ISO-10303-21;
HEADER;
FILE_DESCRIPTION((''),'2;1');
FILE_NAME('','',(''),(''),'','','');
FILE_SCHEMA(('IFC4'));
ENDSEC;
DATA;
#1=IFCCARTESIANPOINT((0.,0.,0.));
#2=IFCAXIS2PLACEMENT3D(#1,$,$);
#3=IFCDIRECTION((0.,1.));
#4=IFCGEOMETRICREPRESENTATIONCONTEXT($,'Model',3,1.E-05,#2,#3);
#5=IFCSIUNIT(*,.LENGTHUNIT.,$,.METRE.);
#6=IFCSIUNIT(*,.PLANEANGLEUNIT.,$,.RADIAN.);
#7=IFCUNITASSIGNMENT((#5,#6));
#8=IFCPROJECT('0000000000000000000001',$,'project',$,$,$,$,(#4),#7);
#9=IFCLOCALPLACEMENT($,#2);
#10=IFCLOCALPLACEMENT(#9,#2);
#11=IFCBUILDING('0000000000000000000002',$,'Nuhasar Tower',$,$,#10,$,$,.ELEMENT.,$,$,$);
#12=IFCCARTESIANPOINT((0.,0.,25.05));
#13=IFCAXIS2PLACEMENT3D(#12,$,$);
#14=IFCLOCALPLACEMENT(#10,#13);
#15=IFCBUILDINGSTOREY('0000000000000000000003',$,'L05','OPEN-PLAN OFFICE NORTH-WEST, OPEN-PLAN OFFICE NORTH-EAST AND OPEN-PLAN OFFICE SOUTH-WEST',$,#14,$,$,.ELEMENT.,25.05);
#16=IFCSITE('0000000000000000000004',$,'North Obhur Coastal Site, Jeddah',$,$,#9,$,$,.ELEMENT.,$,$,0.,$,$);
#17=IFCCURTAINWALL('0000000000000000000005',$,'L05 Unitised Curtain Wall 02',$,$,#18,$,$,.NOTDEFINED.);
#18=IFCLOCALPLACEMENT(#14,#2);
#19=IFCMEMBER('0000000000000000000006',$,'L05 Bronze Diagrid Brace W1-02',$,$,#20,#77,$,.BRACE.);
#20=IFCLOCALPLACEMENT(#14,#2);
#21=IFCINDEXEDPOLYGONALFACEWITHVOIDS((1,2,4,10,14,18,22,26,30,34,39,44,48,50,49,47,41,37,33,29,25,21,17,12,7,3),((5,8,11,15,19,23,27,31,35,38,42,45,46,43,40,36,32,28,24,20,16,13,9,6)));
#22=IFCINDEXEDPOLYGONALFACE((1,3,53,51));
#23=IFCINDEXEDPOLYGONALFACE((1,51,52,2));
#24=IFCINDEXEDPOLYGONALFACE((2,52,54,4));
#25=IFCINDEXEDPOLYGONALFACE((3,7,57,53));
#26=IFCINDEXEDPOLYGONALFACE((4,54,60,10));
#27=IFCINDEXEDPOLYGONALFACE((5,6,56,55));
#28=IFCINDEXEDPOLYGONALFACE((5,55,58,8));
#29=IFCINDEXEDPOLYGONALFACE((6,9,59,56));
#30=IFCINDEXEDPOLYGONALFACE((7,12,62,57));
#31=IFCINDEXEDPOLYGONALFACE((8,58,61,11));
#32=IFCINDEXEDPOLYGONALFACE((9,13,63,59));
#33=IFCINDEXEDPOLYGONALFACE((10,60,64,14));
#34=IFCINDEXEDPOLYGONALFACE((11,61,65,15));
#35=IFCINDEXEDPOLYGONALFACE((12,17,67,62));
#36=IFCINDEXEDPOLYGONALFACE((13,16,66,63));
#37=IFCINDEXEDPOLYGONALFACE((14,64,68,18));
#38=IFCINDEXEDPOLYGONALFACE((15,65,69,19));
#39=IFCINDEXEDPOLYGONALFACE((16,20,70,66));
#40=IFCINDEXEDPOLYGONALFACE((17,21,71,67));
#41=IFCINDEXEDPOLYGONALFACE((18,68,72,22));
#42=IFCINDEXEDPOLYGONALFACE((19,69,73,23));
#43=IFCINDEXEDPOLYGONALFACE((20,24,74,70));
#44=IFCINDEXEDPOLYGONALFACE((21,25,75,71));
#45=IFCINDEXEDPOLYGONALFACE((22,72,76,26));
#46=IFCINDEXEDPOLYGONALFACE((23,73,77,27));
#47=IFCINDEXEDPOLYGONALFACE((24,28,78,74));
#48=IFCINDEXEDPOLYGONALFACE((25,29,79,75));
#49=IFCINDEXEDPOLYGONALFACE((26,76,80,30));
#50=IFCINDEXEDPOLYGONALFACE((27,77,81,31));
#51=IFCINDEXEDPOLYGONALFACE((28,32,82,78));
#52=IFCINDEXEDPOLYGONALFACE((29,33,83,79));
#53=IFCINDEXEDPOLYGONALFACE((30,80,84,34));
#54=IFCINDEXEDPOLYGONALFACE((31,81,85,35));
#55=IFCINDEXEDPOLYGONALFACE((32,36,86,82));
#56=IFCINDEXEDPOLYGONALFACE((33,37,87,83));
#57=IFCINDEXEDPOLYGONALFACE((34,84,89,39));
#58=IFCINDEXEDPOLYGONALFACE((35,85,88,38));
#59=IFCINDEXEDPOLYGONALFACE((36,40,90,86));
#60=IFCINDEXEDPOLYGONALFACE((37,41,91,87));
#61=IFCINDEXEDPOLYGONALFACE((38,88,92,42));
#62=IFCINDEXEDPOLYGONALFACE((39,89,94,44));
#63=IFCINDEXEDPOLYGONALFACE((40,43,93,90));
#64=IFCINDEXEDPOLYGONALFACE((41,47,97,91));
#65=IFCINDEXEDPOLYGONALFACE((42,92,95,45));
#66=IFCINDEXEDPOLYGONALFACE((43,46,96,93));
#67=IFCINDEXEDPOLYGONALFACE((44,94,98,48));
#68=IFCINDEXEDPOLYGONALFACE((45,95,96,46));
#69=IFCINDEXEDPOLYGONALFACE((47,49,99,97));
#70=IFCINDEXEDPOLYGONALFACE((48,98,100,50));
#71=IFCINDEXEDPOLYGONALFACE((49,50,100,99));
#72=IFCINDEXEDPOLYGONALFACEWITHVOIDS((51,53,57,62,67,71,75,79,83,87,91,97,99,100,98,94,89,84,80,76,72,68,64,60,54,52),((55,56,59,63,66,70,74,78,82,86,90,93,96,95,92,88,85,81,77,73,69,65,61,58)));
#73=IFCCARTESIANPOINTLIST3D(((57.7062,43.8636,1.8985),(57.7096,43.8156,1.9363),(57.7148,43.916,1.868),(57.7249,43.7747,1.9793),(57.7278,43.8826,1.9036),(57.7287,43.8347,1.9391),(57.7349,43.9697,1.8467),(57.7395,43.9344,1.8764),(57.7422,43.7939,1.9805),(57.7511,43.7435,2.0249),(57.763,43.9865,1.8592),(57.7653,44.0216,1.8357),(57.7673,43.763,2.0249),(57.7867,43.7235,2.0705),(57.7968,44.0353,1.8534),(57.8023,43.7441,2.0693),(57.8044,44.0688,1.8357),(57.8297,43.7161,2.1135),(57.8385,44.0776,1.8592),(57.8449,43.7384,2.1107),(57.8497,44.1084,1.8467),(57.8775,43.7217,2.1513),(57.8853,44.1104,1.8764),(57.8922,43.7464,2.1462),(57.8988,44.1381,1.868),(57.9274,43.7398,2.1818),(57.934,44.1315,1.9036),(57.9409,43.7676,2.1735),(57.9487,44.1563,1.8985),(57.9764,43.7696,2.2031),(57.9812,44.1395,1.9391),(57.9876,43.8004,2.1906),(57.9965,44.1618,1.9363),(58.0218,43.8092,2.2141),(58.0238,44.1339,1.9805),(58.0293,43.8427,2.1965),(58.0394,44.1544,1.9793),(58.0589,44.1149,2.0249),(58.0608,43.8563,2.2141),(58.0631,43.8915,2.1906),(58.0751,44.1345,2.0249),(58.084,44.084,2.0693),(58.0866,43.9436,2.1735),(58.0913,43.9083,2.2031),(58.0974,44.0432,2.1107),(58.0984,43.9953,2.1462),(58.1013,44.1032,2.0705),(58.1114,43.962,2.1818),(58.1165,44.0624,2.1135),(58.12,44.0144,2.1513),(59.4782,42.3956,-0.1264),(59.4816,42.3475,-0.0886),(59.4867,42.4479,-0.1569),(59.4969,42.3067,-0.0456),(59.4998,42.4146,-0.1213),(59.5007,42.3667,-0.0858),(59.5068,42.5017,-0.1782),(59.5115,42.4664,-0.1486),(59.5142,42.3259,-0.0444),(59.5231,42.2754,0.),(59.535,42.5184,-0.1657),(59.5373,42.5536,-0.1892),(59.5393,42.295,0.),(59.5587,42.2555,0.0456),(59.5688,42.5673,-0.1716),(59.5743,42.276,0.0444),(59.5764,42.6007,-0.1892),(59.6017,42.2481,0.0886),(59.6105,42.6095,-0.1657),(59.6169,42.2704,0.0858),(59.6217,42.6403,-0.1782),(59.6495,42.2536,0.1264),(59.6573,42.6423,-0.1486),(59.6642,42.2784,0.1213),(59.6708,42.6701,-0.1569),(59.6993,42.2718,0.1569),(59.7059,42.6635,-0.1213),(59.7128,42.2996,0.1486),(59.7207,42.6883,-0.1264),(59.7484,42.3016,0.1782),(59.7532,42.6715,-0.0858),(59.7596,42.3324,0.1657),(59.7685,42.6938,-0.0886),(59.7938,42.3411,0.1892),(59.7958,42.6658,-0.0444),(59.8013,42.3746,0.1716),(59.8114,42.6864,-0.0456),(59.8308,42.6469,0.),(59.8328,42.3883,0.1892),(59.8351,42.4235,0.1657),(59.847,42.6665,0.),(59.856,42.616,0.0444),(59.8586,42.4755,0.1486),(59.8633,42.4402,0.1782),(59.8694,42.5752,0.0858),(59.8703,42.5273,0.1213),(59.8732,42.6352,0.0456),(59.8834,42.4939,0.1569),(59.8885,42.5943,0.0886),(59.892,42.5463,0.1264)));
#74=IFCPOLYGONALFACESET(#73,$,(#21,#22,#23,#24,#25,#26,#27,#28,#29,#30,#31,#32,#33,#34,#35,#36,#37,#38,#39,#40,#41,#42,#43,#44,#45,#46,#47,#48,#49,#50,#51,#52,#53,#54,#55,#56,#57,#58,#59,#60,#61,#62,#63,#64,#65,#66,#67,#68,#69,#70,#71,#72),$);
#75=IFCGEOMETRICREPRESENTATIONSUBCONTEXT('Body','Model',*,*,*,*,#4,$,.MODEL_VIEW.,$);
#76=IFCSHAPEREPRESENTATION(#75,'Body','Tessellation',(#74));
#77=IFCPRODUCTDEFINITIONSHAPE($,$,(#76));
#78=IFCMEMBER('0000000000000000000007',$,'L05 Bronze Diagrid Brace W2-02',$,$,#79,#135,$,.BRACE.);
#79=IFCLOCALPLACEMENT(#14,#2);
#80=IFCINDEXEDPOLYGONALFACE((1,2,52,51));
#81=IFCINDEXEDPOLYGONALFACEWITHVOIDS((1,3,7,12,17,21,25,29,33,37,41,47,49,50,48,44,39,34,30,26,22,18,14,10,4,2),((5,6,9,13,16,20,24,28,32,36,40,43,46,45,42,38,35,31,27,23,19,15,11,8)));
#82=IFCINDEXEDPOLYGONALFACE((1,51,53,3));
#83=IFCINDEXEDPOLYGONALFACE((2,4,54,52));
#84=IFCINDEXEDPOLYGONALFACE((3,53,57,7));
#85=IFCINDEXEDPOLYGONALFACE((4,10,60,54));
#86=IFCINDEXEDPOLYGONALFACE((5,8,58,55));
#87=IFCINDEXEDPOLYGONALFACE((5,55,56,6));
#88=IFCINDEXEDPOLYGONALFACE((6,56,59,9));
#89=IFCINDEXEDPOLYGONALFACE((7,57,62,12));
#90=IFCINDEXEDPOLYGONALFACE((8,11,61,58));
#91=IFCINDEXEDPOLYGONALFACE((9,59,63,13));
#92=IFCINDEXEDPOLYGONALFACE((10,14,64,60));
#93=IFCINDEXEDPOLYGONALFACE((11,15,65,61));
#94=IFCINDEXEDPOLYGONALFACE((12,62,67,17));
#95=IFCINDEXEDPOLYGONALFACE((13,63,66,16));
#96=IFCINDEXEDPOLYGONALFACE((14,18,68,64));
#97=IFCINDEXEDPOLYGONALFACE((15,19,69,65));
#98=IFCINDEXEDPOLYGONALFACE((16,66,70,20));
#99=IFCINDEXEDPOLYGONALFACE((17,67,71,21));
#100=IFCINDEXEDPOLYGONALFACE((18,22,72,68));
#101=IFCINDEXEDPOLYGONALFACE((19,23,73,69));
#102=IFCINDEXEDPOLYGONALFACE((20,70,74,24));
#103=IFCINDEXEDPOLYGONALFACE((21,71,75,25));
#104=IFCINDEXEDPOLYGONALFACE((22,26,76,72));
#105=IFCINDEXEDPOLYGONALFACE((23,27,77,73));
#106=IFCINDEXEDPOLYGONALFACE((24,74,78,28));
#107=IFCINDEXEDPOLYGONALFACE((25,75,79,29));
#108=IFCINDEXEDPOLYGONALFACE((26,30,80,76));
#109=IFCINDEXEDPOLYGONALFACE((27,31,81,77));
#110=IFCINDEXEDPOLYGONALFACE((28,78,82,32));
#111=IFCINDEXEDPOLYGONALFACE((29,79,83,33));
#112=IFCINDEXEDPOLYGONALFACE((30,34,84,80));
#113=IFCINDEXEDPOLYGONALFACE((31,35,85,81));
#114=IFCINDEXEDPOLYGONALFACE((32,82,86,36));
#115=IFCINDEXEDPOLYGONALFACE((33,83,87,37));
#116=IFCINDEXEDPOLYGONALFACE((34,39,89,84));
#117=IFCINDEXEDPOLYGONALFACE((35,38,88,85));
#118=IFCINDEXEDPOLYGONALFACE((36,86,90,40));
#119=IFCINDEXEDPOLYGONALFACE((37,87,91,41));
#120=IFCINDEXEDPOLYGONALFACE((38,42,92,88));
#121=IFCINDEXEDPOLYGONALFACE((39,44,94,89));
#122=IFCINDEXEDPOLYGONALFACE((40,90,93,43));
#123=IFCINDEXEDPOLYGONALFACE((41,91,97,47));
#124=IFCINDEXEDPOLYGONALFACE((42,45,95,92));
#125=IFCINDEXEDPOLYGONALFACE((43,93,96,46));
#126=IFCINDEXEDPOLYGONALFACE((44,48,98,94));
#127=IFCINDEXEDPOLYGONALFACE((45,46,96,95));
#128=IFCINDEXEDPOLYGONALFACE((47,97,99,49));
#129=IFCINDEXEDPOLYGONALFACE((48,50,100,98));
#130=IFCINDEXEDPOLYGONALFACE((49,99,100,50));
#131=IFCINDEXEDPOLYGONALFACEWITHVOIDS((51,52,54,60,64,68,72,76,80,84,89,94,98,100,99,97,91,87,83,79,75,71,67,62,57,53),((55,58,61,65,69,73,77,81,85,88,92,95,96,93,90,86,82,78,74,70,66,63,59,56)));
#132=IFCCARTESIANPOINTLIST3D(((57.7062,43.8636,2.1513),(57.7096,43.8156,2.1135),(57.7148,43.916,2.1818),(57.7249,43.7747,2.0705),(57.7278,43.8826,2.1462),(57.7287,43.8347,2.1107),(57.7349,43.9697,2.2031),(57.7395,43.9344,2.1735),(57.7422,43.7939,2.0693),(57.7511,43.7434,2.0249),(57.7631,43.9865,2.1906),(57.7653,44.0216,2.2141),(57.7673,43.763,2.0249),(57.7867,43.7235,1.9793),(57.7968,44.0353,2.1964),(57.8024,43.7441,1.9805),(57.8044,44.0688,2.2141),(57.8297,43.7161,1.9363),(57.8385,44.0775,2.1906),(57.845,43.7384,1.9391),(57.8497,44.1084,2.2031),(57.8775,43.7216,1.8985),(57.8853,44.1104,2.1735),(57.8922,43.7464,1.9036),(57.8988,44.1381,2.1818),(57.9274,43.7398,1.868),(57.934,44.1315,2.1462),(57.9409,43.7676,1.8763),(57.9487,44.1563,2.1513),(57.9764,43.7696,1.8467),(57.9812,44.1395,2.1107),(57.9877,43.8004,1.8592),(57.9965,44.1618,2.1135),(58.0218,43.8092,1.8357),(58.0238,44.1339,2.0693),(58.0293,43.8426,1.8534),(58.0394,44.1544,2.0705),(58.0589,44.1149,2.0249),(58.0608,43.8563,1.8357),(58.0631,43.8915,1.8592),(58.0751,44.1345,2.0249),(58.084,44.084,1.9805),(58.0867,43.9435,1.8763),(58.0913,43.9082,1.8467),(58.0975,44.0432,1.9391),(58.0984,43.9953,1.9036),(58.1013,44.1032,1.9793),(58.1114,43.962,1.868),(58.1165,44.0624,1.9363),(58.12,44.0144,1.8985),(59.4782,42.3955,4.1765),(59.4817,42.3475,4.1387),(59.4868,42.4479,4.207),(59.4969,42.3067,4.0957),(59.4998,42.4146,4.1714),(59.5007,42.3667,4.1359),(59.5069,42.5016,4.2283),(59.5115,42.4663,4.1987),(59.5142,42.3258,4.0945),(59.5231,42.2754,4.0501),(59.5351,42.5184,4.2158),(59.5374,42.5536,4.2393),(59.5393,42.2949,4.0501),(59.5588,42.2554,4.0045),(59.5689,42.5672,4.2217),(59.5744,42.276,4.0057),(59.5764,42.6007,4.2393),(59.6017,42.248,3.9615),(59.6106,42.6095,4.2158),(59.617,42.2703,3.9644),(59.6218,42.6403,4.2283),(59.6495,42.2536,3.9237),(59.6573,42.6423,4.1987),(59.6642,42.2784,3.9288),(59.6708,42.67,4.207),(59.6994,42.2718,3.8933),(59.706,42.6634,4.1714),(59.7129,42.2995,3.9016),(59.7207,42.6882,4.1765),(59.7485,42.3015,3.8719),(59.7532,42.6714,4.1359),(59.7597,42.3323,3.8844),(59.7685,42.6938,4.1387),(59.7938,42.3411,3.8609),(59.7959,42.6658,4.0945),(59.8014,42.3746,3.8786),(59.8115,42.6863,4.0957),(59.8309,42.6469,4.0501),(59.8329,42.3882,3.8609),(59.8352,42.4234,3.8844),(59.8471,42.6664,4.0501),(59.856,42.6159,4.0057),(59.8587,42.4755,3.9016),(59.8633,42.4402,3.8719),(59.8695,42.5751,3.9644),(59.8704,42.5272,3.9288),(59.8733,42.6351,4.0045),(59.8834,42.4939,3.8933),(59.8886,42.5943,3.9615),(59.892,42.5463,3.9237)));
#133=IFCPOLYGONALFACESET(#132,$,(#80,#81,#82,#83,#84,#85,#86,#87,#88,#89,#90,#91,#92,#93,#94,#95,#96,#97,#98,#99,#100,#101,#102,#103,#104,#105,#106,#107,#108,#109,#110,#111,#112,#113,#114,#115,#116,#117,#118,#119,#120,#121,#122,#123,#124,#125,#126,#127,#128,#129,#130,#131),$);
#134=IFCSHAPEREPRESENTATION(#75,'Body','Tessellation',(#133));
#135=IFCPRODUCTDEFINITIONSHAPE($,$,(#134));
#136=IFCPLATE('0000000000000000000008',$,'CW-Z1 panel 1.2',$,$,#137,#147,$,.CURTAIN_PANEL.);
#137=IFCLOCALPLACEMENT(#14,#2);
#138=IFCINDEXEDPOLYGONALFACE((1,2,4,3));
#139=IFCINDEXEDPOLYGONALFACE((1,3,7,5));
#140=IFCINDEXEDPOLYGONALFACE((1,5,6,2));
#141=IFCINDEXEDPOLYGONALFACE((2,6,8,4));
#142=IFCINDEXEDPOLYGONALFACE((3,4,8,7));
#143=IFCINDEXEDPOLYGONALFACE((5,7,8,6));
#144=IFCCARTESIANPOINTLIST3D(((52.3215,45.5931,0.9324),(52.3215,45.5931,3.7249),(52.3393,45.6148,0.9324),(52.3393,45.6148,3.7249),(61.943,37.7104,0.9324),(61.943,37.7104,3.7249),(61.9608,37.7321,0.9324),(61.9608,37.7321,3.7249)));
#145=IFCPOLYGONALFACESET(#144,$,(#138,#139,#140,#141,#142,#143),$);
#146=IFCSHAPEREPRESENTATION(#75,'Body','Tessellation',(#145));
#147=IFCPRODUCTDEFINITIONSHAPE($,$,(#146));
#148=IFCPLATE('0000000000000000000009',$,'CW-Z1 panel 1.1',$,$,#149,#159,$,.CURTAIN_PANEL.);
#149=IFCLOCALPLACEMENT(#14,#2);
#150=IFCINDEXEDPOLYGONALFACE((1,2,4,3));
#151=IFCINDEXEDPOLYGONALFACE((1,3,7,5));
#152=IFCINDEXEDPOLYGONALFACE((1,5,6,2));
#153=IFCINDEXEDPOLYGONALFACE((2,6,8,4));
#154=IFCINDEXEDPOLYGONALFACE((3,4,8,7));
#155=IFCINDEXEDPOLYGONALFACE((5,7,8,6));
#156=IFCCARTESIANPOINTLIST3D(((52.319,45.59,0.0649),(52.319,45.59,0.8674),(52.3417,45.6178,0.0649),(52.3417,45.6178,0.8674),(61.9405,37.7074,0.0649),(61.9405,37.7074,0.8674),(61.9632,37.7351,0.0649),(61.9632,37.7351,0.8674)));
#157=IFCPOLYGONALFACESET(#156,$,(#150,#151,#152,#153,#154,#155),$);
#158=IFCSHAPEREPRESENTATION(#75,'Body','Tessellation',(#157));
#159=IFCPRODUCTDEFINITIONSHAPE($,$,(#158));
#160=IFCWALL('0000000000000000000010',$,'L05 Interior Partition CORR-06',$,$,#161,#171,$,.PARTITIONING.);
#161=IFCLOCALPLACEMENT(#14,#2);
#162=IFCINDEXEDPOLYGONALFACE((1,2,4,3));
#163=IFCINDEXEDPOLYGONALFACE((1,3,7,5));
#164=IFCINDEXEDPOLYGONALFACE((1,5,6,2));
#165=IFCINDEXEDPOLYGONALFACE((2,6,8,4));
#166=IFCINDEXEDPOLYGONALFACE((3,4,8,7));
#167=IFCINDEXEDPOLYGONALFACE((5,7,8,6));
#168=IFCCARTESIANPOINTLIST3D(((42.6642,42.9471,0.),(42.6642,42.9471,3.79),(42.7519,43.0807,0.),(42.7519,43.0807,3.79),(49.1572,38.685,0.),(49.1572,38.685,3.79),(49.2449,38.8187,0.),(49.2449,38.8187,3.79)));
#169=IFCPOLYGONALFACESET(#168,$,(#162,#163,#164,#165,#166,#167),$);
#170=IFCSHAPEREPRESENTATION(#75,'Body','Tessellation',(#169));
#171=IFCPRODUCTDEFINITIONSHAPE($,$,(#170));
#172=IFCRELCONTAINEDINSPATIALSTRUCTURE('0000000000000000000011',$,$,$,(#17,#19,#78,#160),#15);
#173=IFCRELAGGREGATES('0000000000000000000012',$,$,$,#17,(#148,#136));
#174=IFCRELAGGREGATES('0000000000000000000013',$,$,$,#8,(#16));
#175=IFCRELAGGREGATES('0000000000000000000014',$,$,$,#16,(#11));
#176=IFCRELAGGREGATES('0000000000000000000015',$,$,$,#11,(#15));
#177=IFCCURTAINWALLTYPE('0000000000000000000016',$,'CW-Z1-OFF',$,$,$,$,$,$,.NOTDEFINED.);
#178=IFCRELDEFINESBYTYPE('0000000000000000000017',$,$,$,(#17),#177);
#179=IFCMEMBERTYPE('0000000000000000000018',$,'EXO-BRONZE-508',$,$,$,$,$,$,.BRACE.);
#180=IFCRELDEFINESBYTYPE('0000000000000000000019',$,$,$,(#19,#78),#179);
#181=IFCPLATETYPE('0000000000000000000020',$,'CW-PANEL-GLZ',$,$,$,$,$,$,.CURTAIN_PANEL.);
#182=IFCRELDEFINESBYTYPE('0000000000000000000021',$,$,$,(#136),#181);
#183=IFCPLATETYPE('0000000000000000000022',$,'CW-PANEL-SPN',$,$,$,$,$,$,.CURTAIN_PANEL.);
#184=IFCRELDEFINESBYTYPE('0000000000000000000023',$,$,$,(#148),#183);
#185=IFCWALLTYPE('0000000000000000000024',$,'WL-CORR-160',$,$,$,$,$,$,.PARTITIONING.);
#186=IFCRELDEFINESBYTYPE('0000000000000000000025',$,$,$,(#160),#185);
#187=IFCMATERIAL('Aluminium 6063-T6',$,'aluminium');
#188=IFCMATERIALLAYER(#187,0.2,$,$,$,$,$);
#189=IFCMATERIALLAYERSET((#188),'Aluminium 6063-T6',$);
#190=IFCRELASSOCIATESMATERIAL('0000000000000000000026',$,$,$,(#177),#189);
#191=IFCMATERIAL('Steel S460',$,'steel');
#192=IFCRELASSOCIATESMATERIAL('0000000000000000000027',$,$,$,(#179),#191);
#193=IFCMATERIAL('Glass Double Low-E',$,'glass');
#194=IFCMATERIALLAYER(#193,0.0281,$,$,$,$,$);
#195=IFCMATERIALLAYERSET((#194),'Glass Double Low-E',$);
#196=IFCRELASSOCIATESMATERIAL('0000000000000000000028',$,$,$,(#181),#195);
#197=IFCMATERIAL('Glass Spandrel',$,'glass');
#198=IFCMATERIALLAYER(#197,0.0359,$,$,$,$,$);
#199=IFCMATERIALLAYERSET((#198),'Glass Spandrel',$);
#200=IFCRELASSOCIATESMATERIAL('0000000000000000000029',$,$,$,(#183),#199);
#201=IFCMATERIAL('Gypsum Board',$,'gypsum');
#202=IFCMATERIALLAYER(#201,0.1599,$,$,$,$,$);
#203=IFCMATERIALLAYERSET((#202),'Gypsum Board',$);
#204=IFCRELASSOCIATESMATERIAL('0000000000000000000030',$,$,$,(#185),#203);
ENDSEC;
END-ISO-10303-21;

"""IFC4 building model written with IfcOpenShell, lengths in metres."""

from ifc_helpers import new_model, si_unit, direction, frame, frame_2d, origin, origin_2d, place, context, subcontext, project, spatial, rectangle, hollow_circle, extrude, material, layer, layer_set, material_profile, profile_set, type_object, element, aggregate, save


model = new_model("IFC4")

# Units and contexts
model_context = context("Model", 3, precision=1e-05, world=origin(), true_north=direction((0.0, 1.0)))
body_context = subcontext(model_context, "Body", "Model", "MODEL_VIEW")
ifc_project = project(units=[si_unit("LENGTHUNIT", "METRE"), si_unit("PLANEANGLEUNIT", "RADIAN")], contexts=[model_context])

# Site, building, storey
site_placement = place(None, origin())
site = spatial("IfcSite", under=ifc_project, at=site_placement, Name="North Obhur Coastal Site, Jeddah", CompositionType="ELEMENT", RefElevation=0.0)
building_placement = place(site_placement, origin())
building = spatial("IfcBuilding", under=site, at=building_placement, Name="Nuhasar Tower", CompositionType="ELEMENT")
storey_placement = place(building_placement, frame((0.0, 0.0, 25.05)))
storey = spatial("IfcBuildingStorey", under=building, at=storey_placement, Name="L05", Description="OPEN-PLAN OFFICE NORTH-WEST, OPEN-PLAN OFFICE NORTH-EAST AND OPEN-PLAN OFFICE SOUTH-WEST", CompositionType="ELEMENT", Elevation=25.05)

# Shared definitions
ifc_material_1 = material(Name="Aluminium 6063-T6", Category="aluminium")
ifc_layer_1 = layer(ifc_material_1, 0.2)
ifc_layer_set_1 = layer_set([ifc_layer_1], Name="Aluminium 6063-T6")
curtain_wall_type = type_object("IfcCurtainWallType", Name="CW-Z1-OFF", PredefinedType="NOTDEFINED", material=ifc_layer_set_1)

# Curtain wall
curtain_wall_1_placement = place(storey_placement, origin())
curtain_wall_1 = element("IfcCurtainWall", 1, at=curtain_wall_1_placement, inside=storey, type_object=curtain_wall_type, Name="L05 Unitised Curtain Wall 02", PredefinedType="NOTDEFINED")

# Members
ifc_material_2 = material(Name="Steel S460", Category="steel")
ifc_material_profile_1 = material_profile(ifc_material_2, hollow_circle(Radius=0.2539, WallThickness=0.0254, at=origin_2d()), Name="HSS508X25.4")
ifc_profile_set_1 = profile_set([ifc_material_profile_1], Name="Steel S460")
member_type_1 = type_object("IfcMemberType", Name="EXO-BRONZE-508", PredefinedType="BRACE", material=ifc_profile_set_1)
member_1_placement = place(storey_placement, frame((59.6851, 42.4709, 0.0), z_axis=(-0.578102, 0.478937, 0.660619), x_axis=(-0.637969, -0.770062, 0.0)))
element("IfcMember", 2, at=member_1_placement, inside=storey, type_object=member_type_1, Name="L05 Bronze Diagrid Brace W1-02", PredefinedType="BRACE", context=body_context, shape_type="SweptSolid", body=[
    extrude(hollow_circle(Radius=0.2539, WallThickness=0.0254, at=origin_2d()), origin(), (0.0, 0.0, 1.0), 3.0652),
])
member_2_placement = place(storey_placement, frame((57.9131, 43.939, 2.0249), z_axis=(0.578071, -0.478912, 0.660664), x_axis=(0.637969, 0.770062, 0.0)))
element("IfcMember", 3, at=member_2_placement, inside=storey, type_object=member_type_1, Name="L05 Bronze Diagrid Brace W2-02", PredefinedType="BRACE", context=body_context, shape_type="SweptSolid", body=[
    extrude(hollow_circle(Radius=0.2539, WallThickness=0.0254, at=origin_2d()), origin(), (0.0, 0.0, 1.0), 3.0654),
])

# Plates
ifc_material_3 = material(Name="Glass Double Low-E", Category="glass")
ifc_layer_2 = layer(ifc_material_3, 0.0281)
ifc_layer_set_2 = layer_set([ifc_layer_2], Name="Glass Double Low-E")
plate_type_1 = type_object("IfcPlateType", Name="CW-PANEL-GLZ", PredefinedType="CURTAIN_PANEL", material=ifc_layer_set_2)
plate_1_placement = place(storey_placement, frame((57.1411, 41.6626, 0.9324), z_axis=(0.0, 0.0, 1.0), x_axis=(-0.773542, 0.633745, 0.0)))
plate_1 = element("IfcPlate", 4, at=plate_1_placement, type_object=plate_type_1, Name="CW-Z1 panel 1.2", PredefinedType="CURTAIN_PANEL", context=body_context, shape_type="SweptSolid", body=[
    extrude(rectangle(XDim=12.4382, YDim=0.0281, at=origin_2d()), origin(), (0.0, 0.0, 1.0), 2.7925),
])
ifc_material_4 = material(Name="Glass Spandrel", Category="glass")
ifc_layer_3 = layer(ifc_material_4, 0.0359)
ifc_layer_set_3 = layer_set([ifc_layer_3], Name="Glass Spandrel")
plate_type_2 = type_object("IfcPlateType", Name="CW-PANEL-SPN", PredefinedType="CURTAIN_PANEL", material=ifc_layer_set_3)
plate_2_placement = place(storey_placement, frame((57.1411, 41.6626, 0.0649), z_axis=(0.0, 0.0, 1.0), x_axis=(-0.773542, 0.633745, 0.0)))
plate_2 = element("IfcPlate", 5, at=plate_2_placement, type_object=plate_type_2, Name="CW-Z1 panel 1.1", PredefinedType="CURTAIN_PANEL", context=body_context, shape_type="SweptSolid", body=[
    extrude(rectangle(XDim=12.4382, YDim=0.0359, at=origin_2d()), origin(), (0.0, 0.0, 1.0), 0.8025),
])
aggregate(curtain_wall_1, [plate_2, plate_1])

# Wall
ifc_material_5 = material(Name="Gypsum Board", Category="gypsum")
ifc_layer_4 = layer(ifc_material_5, 0.1599)
ifc_layer_set_4 = layer_set([ifc_layer_4], Name="Gypsum Board")
wall_type = type_object("IfcWallType", Name="WL-CORR-160", PredefinedType="PARTITIONING", material=ifc_layer_set_4)
wall_placement = place(storey_placement, frame((49.2009, 38.752, 0.0), z_axis=(0.0, 0.0, 1.0), x_axis=(-0.83599, 0.548745, 0.0)))
element("IfcWall", 6, at=wall_placement, inside=storey, type_object=wall_type, Name="L05 Interior Partition CORR-06", PredefinedType="PARTITIONING", context=body_context, shape_type="SweptSolid", body=[
    extrude(rectangle(XDim=7.7668, YDim=0.1599, at=frame_2d((3.8833, 0.0))), origin(), (0.0, 0.0, 1.0), 3.79),
])

save(model, "model.ifc")
